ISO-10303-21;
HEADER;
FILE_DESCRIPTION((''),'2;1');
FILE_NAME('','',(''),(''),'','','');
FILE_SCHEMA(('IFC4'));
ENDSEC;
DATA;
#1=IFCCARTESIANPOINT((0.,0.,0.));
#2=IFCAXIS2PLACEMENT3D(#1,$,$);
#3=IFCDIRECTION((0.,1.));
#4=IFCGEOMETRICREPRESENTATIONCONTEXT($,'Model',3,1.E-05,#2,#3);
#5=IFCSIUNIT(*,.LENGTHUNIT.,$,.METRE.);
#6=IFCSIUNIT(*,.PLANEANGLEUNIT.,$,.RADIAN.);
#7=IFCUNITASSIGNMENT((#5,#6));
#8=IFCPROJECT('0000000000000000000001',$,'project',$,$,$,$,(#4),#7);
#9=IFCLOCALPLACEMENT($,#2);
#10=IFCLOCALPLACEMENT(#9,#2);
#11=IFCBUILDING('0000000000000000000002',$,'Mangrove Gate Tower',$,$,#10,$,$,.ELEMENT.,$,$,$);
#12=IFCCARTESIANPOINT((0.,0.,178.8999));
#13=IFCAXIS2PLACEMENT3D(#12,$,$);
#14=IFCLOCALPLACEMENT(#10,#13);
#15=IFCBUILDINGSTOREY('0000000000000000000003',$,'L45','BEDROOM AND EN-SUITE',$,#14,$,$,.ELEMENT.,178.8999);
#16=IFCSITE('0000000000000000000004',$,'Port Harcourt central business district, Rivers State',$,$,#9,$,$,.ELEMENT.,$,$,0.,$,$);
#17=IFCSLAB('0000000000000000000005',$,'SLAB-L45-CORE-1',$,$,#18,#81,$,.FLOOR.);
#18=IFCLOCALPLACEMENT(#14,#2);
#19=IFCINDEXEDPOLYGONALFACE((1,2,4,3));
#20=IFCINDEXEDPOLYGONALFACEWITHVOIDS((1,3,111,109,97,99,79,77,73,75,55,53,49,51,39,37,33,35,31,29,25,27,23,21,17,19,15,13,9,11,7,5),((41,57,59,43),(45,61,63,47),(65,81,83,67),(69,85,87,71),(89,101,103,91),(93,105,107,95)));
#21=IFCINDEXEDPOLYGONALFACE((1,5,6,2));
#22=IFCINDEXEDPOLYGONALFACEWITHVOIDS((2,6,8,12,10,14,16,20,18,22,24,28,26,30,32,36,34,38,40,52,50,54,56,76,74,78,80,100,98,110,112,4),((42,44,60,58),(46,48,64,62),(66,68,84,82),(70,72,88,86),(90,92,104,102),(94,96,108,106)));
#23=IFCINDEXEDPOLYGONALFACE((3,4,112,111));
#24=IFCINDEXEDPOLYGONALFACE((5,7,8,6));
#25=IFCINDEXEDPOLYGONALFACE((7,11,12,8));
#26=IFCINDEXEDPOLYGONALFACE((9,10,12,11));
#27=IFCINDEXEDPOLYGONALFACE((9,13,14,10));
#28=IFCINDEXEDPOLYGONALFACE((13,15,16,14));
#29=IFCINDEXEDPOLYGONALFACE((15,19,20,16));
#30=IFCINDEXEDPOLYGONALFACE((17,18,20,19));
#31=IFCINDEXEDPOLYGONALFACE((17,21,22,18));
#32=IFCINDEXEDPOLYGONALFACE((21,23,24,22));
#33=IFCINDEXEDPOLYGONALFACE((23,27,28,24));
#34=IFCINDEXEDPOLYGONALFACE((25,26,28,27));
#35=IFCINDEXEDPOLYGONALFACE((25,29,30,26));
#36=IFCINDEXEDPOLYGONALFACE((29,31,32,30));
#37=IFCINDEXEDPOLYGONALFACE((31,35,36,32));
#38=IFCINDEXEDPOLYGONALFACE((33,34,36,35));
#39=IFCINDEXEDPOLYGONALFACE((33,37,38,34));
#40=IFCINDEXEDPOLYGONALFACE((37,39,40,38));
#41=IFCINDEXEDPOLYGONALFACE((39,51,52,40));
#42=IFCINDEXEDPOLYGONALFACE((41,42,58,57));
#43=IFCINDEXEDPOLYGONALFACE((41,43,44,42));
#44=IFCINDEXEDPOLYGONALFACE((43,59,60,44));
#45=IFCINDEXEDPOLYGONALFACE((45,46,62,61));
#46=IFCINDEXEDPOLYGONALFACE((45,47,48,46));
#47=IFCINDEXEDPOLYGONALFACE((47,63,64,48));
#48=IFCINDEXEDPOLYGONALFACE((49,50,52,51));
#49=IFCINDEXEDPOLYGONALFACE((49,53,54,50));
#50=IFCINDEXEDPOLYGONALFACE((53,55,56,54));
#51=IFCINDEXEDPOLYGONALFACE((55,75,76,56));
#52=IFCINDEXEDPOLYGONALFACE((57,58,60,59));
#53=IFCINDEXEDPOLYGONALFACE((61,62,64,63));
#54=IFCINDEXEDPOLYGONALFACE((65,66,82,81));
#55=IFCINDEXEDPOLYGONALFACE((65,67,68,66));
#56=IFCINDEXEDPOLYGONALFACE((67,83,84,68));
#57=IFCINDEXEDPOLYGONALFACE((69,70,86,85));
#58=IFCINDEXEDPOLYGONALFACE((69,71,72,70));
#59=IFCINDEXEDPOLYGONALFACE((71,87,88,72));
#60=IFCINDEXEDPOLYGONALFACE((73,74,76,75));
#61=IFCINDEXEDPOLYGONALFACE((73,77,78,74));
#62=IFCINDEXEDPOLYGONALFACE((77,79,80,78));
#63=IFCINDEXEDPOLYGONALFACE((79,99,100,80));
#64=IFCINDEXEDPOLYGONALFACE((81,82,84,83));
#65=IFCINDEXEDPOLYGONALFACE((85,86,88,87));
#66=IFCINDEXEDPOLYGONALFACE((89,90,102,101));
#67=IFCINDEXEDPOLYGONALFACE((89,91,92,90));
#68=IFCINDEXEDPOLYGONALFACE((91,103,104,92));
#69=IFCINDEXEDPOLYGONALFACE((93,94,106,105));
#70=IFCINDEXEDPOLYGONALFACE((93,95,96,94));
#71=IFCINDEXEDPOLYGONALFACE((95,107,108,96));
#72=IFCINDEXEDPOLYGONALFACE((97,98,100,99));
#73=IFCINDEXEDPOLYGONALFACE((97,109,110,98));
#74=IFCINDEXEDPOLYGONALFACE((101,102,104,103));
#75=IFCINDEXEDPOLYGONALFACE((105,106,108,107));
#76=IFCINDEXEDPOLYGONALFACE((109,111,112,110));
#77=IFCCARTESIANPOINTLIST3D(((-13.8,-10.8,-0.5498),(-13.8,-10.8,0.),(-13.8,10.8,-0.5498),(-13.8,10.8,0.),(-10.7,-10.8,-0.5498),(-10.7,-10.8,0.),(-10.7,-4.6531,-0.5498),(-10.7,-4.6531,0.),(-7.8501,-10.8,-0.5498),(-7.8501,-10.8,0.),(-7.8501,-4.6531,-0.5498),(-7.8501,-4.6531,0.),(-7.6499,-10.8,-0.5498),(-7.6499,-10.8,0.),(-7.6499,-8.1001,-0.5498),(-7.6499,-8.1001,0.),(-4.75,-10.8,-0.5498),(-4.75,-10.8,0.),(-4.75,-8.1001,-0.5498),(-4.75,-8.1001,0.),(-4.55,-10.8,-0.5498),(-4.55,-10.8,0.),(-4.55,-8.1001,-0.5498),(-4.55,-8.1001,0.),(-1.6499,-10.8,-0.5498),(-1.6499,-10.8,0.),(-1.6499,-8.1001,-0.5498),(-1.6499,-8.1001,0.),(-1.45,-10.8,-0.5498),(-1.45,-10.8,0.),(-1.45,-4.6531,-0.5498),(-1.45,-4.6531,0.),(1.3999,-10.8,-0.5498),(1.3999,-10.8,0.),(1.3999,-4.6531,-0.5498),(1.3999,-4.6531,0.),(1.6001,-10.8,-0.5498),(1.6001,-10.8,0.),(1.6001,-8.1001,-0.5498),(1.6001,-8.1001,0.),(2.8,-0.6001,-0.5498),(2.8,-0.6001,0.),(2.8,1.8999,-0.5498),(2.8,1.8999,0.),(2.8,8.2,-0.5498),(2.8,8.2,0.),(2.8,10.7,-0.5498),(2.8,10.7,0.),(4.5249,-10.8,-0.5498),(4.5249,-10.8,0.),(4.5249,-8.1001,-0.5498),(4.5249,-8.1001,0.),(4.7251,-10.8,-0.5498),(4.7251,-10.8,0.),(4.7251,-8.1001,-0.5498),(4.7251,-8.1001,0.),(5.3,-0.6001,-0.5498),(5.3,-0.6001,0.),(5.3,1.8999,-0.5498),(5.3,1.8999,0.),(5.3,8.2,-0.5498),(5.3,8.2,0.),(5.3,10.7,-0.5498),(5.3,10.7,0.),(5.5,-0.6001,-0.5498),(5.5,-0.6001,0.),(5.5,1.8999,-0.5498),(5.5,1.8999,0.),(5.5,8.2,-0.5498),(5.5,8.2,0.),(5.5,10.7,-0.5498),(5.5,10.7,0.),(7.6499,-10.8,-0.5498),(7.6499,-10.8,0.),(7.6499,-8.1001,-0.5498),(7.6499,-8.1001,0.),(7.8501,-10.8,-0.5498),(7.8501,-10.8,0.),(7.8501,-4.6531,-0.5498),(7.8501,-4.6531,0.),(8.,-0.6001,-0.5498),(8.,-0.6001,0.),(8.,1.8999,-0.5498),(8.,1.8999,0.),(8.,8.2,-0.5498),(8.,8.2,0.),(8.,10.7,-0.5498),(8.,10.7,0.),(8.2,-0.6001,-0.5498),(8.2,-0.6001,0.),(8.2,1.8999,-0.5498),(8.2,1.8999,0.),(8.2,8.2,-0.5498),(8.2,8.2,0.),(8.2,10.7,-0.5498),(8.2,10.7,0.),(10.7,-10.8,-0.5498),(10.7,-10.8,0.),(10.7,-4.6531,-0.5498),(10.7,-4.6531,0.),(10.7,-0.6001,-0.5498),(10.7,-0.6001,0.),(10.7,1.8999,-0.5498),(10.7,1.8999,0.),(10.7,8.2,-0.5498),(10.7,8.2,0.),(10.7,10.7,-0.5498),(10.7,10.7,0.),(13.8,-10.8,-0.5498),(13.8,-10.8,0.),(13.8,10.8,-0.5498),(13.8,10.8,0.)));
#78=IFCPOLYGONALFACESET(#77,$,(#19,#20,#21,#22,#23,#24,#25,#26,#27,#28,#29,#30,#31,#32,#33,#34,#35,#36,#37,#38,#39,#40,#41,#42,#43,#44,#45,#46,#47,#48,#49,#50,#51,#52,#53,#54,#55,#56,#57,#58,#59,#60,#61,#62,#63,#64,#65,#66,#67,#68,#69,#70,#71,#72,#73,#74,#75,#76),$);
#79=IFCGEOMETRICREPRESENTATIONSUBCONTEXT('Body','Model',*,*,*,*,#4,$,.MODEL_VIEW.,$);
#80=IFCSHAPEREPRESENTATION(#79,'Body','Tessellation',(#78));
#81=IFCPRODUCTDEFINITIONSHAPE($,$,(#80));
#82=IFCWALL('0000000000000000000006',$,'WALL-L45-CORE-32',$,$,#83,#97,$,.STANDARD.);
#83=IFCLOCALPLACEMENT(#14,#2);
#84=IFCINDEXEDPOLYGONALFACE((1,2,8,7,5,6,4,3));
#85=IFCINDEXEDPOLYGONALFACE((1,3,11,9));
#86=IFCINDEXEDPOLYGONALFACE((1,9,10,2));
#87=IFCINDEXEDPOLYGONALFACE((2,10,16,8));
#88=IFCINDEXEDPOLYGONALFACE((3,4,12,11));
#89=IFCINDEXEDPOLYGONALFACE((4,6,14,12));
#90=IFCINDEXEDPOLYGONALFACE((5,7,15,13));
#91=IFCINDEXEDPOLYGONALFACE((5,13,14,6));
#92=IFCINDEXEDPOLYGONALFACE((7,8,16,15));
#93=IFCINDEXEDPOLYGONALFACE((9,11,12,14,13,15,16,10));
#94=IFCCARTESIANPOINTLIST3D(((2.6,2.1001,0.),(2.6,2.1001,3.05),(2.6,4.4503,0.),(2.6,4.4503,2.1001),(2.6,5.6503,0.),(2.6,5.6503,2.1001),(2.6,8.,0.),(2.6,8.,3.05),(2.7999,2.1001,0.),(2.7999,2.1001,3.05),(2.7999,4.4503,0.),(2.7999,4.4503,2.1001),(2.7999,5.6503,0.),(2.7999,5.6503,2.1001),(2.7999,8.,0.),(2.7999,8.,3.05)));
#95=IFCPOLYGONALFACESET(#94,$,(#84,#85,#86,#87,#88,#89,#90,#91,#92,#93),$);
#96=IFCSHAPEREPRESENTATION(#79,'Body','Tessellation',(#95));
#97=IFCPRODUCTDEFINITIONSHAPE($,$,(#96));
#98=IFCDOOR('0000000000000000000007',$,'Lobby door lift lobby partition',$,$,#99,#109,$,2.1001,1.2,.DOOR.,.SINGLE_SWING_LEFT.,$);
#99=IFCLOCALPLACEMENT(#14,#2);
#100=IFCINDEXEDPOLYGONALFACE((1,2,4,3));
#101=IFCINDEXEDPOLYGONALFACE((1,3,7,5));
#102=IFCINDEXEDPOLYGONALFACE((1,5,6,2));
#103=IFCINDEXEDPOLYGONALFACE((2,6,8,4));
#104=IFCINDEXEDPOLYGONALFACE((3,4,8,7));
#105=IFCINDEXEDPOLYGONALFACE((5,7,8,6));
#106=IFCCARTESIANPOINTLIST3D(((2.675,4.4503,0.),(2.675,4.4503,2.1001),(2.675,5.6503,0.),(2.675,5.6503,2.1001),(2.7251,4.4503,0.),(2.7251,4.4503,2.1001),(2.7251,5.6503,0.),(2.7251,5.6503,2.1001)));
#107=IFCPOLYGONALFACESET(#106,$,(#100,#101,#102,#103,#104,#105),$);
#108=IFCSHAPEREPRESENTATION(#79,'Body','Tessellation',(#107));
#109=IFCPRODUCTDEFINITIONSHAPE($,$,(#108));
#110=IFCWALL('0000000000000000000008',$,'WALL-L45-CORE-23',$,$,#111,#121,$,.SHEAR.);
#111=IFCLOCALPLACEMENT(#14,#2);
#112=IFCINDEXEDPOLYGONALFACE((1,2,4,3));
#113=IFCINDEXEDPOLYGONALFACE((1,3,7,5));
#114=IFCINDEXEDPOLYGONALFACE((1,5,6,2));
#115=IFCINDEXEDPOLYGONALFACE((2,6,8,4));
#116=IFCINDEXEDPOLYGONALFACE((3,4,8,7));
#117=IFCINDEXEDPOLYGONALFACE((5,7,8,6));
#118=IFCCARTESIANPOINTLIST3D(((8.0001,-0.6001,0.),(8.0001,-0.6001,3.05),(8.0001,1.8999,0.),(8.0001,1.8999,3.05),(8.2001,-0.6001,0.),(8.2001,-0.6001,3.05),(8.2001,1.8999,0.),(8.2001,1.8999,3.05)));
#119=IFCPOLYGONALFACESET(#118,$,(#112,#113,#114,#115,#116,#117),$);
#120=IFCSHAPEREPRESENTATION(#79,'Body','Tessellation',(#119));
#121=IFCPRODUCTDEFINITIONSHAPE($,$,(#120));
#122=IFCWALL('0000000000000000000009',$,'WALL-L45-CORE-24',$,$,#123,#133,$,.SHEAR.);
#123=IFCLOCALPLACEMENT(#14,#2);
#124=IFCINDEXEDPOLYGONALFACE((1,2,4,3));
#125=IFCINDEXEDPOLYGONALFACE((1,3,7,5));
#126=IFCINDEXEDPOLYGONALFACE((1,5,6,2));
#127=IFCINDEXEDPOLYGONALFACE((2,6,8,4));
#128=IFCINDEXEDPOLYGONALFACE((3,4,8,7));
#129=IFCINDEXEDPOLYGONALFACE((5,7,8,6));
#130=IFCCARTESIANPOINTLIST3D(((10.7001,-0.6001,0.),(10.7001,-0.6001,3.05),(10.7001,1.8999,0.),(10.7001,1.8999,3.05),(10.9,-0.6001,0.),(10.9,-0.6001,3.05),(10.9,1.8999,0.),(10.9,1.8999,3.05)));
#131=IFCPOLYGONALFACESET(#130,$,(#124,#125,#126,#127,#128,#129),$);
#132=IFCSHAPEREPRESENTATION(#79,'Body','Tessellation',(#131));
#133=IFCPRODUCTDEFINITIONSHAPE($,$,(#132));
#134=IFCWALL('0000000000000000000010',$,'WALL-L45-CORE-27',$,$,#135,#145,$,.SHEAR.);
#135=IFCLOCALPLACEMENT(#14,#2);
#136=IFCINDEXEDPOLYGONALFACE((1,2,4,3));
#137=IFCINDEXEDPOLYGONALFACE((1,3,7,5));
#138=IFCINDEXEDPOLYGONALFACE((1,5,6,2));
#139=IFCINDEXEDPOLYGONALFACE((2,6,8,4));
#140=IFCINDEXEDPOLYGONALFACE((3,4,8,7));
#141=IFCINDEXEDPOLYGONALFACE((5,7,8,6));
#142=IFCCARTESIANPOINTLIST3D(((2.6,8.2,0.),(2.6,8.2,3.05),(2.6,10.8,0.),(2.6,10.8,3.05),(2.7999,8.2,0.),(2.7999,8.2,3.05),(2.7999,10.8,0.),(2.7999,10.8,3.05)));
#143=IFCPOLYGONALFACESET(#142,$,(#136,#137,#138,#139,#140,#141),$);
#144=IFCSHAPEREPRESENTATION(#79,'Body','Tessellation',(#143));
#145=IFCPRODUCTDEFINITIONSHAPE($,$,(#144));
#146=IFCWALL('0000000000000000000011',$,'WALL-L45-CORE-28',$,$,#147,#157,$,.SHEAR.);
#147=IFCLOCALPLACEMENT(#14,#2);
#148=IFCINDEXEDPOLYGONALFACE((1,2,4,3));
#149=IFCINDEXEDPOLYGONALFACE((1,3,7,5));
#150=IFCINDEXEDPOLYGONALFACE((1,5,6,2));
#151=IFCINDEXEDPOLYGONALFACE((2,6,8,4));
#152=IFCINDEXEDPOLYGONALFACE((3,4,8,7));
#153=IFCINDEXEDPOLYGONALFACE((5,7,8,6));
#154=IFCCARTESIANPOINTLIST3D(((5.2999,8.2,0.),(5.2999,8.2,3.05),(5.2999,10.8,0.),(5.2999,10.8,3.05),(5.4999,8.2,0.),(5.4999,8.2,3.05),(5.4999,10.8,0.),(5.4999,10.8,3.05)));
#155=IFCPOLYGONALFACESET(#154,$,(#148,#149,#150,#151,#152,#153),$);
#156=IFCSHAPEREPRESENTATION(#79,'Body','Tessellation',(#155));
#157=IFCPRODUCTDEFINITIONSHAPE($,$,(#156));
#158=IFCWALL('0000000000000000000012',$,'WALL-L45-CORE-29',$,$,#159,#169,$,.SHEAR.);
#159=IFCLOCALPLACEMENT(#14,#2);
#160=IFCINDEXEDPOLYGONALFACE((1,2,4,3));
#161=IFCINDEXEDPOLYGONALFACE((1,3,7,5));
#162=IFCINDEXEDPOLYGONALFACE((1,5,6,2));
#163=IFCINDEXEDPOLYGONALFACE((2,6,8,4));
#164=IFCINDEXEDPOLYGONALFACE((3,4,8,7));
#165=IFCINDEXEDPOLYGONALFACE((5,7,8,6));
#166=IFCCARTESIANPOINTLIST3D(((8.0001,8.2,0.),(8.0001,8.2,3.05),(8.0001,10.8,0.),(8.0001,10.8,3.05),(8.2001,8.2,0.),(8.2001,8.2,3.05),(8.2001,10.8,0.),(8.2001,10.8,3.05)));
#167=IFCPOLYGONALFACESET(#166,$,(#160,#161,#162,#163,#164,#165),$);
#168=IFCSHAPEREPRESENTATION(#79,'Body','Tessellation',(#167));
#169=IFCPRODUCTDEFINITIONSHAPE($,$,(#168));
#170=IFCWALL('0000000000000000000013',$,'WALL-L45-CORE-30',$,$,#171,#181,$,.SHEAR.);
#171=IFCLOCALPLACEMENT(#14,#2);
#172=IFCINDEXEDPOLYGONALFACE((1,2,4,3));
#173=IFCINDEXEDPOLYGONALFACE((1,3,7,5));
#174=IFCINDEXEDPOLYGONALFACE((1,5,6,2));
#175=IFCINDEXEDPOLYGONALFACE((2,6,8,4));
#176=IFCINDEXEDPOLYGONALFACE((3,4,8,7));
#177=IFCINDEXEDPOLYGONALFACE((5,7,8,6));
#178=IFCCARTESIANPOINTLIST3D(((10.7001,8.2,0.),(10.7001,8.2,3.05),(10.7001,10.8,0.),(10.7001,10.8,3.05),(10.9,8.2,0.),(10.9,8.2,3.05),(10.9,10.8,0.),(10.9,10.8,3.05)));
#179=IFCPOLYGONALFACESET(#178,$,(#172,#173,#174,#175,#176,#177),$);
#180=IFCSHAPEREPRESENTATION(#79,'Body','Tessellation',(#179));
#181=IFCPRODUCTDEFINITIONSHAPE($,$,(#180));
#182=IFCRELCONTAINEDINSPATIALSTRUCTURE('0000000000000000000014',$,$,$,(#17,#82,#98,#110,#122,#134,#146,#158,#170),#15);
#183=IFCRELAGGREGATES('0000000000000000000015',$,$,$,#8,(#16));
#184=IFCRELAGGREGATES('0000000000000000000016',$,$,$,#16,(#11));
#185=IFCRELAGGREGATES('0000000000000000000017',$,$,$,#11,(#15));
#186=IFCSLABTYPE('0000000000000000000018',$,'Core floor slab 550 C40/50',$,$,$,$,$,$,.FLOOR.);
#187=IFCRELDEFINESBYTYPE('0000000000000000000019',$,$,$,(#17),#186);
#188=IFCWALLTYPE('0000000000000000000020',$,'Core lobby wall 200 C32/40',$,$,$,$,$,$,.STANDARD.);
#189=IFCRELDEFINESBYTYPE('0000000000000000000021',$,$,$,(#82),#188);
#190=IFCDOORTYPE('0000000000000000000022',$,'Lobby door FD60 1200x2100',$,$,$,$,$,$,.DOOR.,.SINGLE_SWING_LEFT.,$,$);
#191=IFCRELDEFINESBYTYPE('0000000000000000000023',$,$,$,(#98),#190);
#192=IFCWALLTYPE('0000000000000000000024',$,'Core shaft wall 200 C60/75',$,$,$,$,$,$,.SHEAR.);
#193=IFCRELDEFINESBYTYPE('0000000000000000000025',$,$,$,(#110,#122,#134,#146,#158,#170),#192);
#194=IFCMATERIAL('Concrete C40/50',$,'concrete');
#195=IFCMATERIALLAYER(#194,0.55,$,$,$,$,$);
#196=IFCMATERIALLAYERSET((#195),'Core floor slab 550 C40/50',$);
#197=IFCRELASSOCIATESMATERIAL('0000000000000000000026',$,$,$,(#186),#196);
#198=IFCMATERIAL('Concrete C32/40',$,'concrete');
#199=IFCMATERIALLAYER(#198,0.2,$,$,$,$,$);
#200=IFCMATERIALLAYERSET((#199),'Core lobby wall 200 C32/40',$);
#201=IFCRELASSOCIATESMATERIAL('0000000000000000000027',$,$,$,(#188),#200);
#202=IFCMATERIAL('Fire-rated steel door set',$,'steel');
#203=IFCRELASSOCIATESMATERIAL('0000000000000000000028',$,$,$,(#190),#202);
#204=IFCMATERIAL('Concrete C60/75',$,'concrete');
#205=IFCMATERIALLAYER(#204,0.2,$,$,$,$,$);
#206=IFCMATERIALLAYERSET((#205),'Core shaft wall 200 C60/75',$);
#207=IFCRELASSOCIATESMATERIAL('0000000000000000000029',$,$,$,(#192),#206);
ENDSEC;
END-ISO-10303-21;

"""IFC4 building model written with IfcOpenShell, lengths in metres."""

from ifc_helpers import new_model, si_unit, direction, frame, frame_2d, origin, place, context, subcontext, project, spatial, polyline, rectangle, outline, extrude, material, layer, layer_set, type_object, element, fill, save


model = new_model("IFC4")

# Units and contexts
model_context = context("Model", 3, precision=1e-05, world=origin(), true_north=direction((0.0, 1.0)))
body_context = subcontext(model_context, "Body", "Model", "MODEL_VIEW")
ifc_project = project(units=[si_unit("LENGTHUNIT", "METRE"), si_unit("PLANEANGLEUNIT", "RADIAN")], contexts=[model_context])

# Site, building, storey
site_placement = place(None, origin())
site = spatial("IfcSite", under=ifc_project, at=site_placement, Name="Port Harcourt central business district, Rivers State", CompositionType="ELEMENT", RefElevation=0.0)
building_placement = place(site_placement, origin())
building = spatial("IfcBuilding", under=site, at=building_placement, Name="Mangrove Gate Tower", CompositionType="ELEMENT")
storey_placement = place(building_placement, frame((0.0, 0.0, 178.8999)))
storey = spatial("IfcBuildingStorey", under=building, at=storey_placement, Name="L45", Description="BEDROOM AND EN-SUITE", CompositionType="ELEMENT", Elevation=178.8999)

# Slab
ifc_material_1 = material(Name="Concrete C40/50", Category="concrete")
ifc_layer_1 = layer(ifc_material_1, 0.55)
ifc_layer_set_1 = layer_set([ifc_layer_1], Name="Core floor slab 550 C40/50")
slab_type = type_object("IfcSlabType", Name="Core floor slab 550 C40/50", PredefinedType="FLOOR", material=ifc_layer_set_1)
slab_placement = place(storey_placement, frame((0.0, 0.0, -0.5498)))
element("IfcSlab", 1, at=slab_placement, inside=storey, type_object=slab_type, Name="SLAB-L45-CORE-1", PredefinedType="FLOOR", context=body_context, shape_type="SweptSolid", body=[
    extrude(outline(polyline([(-13.8, -10.8), (-13.8, 10.8), (13.8, 10.8), (13.8, -10.8), (10.7, -10.8), (10.7, -4.6531), (7.8501, -4.6531), (7.8501, -10.8), (7.6499, -10.8), (7.6499, -8.1001), (4.7251, -8.1001), (4.7251, -10.8), (4.5249, -10.8), (4.5249, -8.1001), (1.6001, -8.1001), (1.6001, -10.8), (1.3999, -10.8), (1.3999, -4.6531), (-1.45, -4.6531), (-1.45, -10.8), (-1.6499, -10.8), (-1.6499, -8.1001), (-4.55, -8.1001), (-4.55, -10.8), (-4.75, -10.8), (-4.75, -8.1001), (-7.6499, -8.1001), (-7.6499, -10.8), (-7.8501, -10.8), (-7.8501, -4.6531), (-10.7, -4.6531), (-10.7, -10.8), (-13.8, -10.8)]), holes=[polyline([(5.3, -0.6001), (5.3, 1.8999), (2.8, 1.8999), (2.8, -0.6001), (5.3, -0.6001)]), polyline([(5.3, 10.7), (2.8, 10.7), (2.8, 8.2), (5.3, 8.2), (5.3, 10.7)]), polyline([(8.0, -0.6001), (8.0, 1.8999), (5.5, 1.8999), (5.5, -0.6001), (8.0, -0.6001)]), polyline([(10.7, -0.6001), (10.7, 1.8999), (8.2, 1.8999), (8.2, -0.6001), (10.7, -0.6001)]), polyline([(8.0, 8.2), (8.0, 10.7), (5.5, 10.7), (5.5, 8.2), (8.0, 8.2)]), polyline([(10.7, 8.2), (10.7, 10.7), (8.2, 10.7), (8.2, 8.2), (10.7, 8.2)])]), origin(), (0.0, 0.0, 1.0), 0.5498),
])

# Wall, opening, door
ifc_material_2 = material(Name="Concrete C32/40", Category="concrete")
ifc_layer_2 = layer(ifc_material_2, 0.2)
ifc_layer_set_2 = layer_set([ifc_layer_2], Name="Core lobby wall 200 C32/40")
wall_type_1 = type_object("IfcWallType", Name="Core lobby wall 200 C32/40", PredefinedType="STANDARD", material=ifc_layer_set_2)
wall_1_placement = place(storey_placement, frame((2.7, 2.1001, 0.0), z_axis=(0.0, 0.0, 1.0), x_axis=(0.0, 1.0, 0.0)))
wall_1 = element("IfcWall", 2, at=wall_1_placement, inside=storey, type_object=wall_type_1, Name="WALL-L45-CORE-32", PredefinedType="STANDARD", context=body_context, shape_type="SweptSolid", body=[
    extrude(rectangle(XDim=5.8999, YDim=0.2, at=frame_2d((2.95, 0.0))), origin(), (0.0, 0.0, 1.0), 3.05),
])
opening_1_placement = place(wall_1_placement, frame((2.3501, 0.0, 0.0)))
opening_1 = element("IfcOpeningElement", 3, at=opening_1_placement, cuts=wall_1, PredefinedType="OPENING", context=body_context, shape_type="SweptSolid", body=[
    extrude(rectangle(XDim=1.2, YDim=2.1001, at=frame_2d((0.6001, 1.05))), frame((0.0, 0.1099, 0.0), z_axis=(0.0, -1.0, 0.0), x_axis=(1.0, 0.0, 0.0)), (0.0, 0.0, 1.0), 0.22),
])
ifc_material_3 = material(Name="Fire-rated steel door set", Category="steel")
door_type_1 = type_object("IfcDoorType", Name="Lobby door FD60 1200x2100", OperationType="SINGLE_SWING_LEFT", PredefinedType="DOOR", material=ifc_material_3)
door_1_placement = place(opening_1_placement, origin())
door_1 = element("IfcDoor", 4, at=door_1_placement, inside=storey, type_object=door_type_1, Name="Lobby door lift lobby partition", OperationType="SINGLE_SWING_LEFT", OverallHeight=2.1001, OverallWidth=1.2, PredefinedType="DOOR", context=body_context, shape_type="SweptSolid", body=[
    extrude(rectangle(XDim=1.2, YDim=2.1001, at=frame_2d((0.6001, 1.05))), frame((0.0, 0.0249, 0.0), z_axis=(0.0, -1.0, 0.0), x_axis=(1.0, 0.0, 0.0)), (0.0, 0.0, 1.0), 0.05),
])
fill(opening_1, door_1)

# Walls
ifc_material_4 = material(Name="Concrete C60/75", Category="concrete")
ifc_layer_3 = layer(ifc_material_4, 0.2)
ifc_layer_set_3 = layer_set([ifc_layer_3], Name="Core shaft wall 200 C60/75")
wall_type_2 = type_object("IfcWallType", Name="Core shaft wall 200 C60/75", PredefinedType="SHEAR", material=ifc_layer_set_3)
for number, where, z_axis, x_axis, name in (
    (5, (8.1001, -0.6001, 0.0), (0.0, 0.0, 1.0), (0.0, 1.0, 0.0), "WALL-L45-CORE-23"),
    (6, (10.8, -0.6001, 0.0), (0.0, 0.0, 1.0), (0.0, 1.0, 0.0), "WALL-L45-CORE-24"),
):
    element("IfcWall", number, at=place(storey_placement, frame(where, z_axis=z_axis, x_axis=x_axis)), inside=storey, type_object=wall_type_2, Name=name, PredefinedType="SHEAR", context=body_context, shape_type="SweptSolid", body=[
        extrude(rectangle(XDim=2.5, YDim=0.2, at=frame_2d((1.25, 0.0))), origin(), (0.0, 0.0, 1.0), 3.05),
    ])
for number, where, z_axis, x_axis, name in (
    (7, (2.7, 8.2, 0.0), (0.0, 0.0, 1.0), (0.0, 1.0, 0.0), "WALL-L45-CORE-27"),
    (8, (5.3999, 8.2, 0.0), (0.0, 0.0, 1.0), (0.0, 1.0, 0.0), "WALL-L45-CORE-28"),
    (9, (8.1001, 8.2, 0.0), (0.0, 0.0, 1.0), (0.0, 1.0, 0.0), "WALL-L45-CORE-29"),
    (10, (10.8, 8.2, 0.0), (0.0, 0.0, 1.0), (0.0, 1.0, 0.0), "WALL-L45-CORE-30"),
):
    element("IfcWall", number, at=place(storey_placement, frame(where, z_axis=z_axis, x_axis=x_axis)), inside=storey, type_object=wall_type_2, Name=name, PredefinedType="SHEAR", context=body_context, shape_type="SweptSolid", body=[
        extrude(rectangle(XDim=2.6001, YDim=0.2, at=frame_2d((1.3, 0.0))), origin(), (0.0, 0.0, 1.0), 3.05),
    ])

save(model, "model.ifc")
